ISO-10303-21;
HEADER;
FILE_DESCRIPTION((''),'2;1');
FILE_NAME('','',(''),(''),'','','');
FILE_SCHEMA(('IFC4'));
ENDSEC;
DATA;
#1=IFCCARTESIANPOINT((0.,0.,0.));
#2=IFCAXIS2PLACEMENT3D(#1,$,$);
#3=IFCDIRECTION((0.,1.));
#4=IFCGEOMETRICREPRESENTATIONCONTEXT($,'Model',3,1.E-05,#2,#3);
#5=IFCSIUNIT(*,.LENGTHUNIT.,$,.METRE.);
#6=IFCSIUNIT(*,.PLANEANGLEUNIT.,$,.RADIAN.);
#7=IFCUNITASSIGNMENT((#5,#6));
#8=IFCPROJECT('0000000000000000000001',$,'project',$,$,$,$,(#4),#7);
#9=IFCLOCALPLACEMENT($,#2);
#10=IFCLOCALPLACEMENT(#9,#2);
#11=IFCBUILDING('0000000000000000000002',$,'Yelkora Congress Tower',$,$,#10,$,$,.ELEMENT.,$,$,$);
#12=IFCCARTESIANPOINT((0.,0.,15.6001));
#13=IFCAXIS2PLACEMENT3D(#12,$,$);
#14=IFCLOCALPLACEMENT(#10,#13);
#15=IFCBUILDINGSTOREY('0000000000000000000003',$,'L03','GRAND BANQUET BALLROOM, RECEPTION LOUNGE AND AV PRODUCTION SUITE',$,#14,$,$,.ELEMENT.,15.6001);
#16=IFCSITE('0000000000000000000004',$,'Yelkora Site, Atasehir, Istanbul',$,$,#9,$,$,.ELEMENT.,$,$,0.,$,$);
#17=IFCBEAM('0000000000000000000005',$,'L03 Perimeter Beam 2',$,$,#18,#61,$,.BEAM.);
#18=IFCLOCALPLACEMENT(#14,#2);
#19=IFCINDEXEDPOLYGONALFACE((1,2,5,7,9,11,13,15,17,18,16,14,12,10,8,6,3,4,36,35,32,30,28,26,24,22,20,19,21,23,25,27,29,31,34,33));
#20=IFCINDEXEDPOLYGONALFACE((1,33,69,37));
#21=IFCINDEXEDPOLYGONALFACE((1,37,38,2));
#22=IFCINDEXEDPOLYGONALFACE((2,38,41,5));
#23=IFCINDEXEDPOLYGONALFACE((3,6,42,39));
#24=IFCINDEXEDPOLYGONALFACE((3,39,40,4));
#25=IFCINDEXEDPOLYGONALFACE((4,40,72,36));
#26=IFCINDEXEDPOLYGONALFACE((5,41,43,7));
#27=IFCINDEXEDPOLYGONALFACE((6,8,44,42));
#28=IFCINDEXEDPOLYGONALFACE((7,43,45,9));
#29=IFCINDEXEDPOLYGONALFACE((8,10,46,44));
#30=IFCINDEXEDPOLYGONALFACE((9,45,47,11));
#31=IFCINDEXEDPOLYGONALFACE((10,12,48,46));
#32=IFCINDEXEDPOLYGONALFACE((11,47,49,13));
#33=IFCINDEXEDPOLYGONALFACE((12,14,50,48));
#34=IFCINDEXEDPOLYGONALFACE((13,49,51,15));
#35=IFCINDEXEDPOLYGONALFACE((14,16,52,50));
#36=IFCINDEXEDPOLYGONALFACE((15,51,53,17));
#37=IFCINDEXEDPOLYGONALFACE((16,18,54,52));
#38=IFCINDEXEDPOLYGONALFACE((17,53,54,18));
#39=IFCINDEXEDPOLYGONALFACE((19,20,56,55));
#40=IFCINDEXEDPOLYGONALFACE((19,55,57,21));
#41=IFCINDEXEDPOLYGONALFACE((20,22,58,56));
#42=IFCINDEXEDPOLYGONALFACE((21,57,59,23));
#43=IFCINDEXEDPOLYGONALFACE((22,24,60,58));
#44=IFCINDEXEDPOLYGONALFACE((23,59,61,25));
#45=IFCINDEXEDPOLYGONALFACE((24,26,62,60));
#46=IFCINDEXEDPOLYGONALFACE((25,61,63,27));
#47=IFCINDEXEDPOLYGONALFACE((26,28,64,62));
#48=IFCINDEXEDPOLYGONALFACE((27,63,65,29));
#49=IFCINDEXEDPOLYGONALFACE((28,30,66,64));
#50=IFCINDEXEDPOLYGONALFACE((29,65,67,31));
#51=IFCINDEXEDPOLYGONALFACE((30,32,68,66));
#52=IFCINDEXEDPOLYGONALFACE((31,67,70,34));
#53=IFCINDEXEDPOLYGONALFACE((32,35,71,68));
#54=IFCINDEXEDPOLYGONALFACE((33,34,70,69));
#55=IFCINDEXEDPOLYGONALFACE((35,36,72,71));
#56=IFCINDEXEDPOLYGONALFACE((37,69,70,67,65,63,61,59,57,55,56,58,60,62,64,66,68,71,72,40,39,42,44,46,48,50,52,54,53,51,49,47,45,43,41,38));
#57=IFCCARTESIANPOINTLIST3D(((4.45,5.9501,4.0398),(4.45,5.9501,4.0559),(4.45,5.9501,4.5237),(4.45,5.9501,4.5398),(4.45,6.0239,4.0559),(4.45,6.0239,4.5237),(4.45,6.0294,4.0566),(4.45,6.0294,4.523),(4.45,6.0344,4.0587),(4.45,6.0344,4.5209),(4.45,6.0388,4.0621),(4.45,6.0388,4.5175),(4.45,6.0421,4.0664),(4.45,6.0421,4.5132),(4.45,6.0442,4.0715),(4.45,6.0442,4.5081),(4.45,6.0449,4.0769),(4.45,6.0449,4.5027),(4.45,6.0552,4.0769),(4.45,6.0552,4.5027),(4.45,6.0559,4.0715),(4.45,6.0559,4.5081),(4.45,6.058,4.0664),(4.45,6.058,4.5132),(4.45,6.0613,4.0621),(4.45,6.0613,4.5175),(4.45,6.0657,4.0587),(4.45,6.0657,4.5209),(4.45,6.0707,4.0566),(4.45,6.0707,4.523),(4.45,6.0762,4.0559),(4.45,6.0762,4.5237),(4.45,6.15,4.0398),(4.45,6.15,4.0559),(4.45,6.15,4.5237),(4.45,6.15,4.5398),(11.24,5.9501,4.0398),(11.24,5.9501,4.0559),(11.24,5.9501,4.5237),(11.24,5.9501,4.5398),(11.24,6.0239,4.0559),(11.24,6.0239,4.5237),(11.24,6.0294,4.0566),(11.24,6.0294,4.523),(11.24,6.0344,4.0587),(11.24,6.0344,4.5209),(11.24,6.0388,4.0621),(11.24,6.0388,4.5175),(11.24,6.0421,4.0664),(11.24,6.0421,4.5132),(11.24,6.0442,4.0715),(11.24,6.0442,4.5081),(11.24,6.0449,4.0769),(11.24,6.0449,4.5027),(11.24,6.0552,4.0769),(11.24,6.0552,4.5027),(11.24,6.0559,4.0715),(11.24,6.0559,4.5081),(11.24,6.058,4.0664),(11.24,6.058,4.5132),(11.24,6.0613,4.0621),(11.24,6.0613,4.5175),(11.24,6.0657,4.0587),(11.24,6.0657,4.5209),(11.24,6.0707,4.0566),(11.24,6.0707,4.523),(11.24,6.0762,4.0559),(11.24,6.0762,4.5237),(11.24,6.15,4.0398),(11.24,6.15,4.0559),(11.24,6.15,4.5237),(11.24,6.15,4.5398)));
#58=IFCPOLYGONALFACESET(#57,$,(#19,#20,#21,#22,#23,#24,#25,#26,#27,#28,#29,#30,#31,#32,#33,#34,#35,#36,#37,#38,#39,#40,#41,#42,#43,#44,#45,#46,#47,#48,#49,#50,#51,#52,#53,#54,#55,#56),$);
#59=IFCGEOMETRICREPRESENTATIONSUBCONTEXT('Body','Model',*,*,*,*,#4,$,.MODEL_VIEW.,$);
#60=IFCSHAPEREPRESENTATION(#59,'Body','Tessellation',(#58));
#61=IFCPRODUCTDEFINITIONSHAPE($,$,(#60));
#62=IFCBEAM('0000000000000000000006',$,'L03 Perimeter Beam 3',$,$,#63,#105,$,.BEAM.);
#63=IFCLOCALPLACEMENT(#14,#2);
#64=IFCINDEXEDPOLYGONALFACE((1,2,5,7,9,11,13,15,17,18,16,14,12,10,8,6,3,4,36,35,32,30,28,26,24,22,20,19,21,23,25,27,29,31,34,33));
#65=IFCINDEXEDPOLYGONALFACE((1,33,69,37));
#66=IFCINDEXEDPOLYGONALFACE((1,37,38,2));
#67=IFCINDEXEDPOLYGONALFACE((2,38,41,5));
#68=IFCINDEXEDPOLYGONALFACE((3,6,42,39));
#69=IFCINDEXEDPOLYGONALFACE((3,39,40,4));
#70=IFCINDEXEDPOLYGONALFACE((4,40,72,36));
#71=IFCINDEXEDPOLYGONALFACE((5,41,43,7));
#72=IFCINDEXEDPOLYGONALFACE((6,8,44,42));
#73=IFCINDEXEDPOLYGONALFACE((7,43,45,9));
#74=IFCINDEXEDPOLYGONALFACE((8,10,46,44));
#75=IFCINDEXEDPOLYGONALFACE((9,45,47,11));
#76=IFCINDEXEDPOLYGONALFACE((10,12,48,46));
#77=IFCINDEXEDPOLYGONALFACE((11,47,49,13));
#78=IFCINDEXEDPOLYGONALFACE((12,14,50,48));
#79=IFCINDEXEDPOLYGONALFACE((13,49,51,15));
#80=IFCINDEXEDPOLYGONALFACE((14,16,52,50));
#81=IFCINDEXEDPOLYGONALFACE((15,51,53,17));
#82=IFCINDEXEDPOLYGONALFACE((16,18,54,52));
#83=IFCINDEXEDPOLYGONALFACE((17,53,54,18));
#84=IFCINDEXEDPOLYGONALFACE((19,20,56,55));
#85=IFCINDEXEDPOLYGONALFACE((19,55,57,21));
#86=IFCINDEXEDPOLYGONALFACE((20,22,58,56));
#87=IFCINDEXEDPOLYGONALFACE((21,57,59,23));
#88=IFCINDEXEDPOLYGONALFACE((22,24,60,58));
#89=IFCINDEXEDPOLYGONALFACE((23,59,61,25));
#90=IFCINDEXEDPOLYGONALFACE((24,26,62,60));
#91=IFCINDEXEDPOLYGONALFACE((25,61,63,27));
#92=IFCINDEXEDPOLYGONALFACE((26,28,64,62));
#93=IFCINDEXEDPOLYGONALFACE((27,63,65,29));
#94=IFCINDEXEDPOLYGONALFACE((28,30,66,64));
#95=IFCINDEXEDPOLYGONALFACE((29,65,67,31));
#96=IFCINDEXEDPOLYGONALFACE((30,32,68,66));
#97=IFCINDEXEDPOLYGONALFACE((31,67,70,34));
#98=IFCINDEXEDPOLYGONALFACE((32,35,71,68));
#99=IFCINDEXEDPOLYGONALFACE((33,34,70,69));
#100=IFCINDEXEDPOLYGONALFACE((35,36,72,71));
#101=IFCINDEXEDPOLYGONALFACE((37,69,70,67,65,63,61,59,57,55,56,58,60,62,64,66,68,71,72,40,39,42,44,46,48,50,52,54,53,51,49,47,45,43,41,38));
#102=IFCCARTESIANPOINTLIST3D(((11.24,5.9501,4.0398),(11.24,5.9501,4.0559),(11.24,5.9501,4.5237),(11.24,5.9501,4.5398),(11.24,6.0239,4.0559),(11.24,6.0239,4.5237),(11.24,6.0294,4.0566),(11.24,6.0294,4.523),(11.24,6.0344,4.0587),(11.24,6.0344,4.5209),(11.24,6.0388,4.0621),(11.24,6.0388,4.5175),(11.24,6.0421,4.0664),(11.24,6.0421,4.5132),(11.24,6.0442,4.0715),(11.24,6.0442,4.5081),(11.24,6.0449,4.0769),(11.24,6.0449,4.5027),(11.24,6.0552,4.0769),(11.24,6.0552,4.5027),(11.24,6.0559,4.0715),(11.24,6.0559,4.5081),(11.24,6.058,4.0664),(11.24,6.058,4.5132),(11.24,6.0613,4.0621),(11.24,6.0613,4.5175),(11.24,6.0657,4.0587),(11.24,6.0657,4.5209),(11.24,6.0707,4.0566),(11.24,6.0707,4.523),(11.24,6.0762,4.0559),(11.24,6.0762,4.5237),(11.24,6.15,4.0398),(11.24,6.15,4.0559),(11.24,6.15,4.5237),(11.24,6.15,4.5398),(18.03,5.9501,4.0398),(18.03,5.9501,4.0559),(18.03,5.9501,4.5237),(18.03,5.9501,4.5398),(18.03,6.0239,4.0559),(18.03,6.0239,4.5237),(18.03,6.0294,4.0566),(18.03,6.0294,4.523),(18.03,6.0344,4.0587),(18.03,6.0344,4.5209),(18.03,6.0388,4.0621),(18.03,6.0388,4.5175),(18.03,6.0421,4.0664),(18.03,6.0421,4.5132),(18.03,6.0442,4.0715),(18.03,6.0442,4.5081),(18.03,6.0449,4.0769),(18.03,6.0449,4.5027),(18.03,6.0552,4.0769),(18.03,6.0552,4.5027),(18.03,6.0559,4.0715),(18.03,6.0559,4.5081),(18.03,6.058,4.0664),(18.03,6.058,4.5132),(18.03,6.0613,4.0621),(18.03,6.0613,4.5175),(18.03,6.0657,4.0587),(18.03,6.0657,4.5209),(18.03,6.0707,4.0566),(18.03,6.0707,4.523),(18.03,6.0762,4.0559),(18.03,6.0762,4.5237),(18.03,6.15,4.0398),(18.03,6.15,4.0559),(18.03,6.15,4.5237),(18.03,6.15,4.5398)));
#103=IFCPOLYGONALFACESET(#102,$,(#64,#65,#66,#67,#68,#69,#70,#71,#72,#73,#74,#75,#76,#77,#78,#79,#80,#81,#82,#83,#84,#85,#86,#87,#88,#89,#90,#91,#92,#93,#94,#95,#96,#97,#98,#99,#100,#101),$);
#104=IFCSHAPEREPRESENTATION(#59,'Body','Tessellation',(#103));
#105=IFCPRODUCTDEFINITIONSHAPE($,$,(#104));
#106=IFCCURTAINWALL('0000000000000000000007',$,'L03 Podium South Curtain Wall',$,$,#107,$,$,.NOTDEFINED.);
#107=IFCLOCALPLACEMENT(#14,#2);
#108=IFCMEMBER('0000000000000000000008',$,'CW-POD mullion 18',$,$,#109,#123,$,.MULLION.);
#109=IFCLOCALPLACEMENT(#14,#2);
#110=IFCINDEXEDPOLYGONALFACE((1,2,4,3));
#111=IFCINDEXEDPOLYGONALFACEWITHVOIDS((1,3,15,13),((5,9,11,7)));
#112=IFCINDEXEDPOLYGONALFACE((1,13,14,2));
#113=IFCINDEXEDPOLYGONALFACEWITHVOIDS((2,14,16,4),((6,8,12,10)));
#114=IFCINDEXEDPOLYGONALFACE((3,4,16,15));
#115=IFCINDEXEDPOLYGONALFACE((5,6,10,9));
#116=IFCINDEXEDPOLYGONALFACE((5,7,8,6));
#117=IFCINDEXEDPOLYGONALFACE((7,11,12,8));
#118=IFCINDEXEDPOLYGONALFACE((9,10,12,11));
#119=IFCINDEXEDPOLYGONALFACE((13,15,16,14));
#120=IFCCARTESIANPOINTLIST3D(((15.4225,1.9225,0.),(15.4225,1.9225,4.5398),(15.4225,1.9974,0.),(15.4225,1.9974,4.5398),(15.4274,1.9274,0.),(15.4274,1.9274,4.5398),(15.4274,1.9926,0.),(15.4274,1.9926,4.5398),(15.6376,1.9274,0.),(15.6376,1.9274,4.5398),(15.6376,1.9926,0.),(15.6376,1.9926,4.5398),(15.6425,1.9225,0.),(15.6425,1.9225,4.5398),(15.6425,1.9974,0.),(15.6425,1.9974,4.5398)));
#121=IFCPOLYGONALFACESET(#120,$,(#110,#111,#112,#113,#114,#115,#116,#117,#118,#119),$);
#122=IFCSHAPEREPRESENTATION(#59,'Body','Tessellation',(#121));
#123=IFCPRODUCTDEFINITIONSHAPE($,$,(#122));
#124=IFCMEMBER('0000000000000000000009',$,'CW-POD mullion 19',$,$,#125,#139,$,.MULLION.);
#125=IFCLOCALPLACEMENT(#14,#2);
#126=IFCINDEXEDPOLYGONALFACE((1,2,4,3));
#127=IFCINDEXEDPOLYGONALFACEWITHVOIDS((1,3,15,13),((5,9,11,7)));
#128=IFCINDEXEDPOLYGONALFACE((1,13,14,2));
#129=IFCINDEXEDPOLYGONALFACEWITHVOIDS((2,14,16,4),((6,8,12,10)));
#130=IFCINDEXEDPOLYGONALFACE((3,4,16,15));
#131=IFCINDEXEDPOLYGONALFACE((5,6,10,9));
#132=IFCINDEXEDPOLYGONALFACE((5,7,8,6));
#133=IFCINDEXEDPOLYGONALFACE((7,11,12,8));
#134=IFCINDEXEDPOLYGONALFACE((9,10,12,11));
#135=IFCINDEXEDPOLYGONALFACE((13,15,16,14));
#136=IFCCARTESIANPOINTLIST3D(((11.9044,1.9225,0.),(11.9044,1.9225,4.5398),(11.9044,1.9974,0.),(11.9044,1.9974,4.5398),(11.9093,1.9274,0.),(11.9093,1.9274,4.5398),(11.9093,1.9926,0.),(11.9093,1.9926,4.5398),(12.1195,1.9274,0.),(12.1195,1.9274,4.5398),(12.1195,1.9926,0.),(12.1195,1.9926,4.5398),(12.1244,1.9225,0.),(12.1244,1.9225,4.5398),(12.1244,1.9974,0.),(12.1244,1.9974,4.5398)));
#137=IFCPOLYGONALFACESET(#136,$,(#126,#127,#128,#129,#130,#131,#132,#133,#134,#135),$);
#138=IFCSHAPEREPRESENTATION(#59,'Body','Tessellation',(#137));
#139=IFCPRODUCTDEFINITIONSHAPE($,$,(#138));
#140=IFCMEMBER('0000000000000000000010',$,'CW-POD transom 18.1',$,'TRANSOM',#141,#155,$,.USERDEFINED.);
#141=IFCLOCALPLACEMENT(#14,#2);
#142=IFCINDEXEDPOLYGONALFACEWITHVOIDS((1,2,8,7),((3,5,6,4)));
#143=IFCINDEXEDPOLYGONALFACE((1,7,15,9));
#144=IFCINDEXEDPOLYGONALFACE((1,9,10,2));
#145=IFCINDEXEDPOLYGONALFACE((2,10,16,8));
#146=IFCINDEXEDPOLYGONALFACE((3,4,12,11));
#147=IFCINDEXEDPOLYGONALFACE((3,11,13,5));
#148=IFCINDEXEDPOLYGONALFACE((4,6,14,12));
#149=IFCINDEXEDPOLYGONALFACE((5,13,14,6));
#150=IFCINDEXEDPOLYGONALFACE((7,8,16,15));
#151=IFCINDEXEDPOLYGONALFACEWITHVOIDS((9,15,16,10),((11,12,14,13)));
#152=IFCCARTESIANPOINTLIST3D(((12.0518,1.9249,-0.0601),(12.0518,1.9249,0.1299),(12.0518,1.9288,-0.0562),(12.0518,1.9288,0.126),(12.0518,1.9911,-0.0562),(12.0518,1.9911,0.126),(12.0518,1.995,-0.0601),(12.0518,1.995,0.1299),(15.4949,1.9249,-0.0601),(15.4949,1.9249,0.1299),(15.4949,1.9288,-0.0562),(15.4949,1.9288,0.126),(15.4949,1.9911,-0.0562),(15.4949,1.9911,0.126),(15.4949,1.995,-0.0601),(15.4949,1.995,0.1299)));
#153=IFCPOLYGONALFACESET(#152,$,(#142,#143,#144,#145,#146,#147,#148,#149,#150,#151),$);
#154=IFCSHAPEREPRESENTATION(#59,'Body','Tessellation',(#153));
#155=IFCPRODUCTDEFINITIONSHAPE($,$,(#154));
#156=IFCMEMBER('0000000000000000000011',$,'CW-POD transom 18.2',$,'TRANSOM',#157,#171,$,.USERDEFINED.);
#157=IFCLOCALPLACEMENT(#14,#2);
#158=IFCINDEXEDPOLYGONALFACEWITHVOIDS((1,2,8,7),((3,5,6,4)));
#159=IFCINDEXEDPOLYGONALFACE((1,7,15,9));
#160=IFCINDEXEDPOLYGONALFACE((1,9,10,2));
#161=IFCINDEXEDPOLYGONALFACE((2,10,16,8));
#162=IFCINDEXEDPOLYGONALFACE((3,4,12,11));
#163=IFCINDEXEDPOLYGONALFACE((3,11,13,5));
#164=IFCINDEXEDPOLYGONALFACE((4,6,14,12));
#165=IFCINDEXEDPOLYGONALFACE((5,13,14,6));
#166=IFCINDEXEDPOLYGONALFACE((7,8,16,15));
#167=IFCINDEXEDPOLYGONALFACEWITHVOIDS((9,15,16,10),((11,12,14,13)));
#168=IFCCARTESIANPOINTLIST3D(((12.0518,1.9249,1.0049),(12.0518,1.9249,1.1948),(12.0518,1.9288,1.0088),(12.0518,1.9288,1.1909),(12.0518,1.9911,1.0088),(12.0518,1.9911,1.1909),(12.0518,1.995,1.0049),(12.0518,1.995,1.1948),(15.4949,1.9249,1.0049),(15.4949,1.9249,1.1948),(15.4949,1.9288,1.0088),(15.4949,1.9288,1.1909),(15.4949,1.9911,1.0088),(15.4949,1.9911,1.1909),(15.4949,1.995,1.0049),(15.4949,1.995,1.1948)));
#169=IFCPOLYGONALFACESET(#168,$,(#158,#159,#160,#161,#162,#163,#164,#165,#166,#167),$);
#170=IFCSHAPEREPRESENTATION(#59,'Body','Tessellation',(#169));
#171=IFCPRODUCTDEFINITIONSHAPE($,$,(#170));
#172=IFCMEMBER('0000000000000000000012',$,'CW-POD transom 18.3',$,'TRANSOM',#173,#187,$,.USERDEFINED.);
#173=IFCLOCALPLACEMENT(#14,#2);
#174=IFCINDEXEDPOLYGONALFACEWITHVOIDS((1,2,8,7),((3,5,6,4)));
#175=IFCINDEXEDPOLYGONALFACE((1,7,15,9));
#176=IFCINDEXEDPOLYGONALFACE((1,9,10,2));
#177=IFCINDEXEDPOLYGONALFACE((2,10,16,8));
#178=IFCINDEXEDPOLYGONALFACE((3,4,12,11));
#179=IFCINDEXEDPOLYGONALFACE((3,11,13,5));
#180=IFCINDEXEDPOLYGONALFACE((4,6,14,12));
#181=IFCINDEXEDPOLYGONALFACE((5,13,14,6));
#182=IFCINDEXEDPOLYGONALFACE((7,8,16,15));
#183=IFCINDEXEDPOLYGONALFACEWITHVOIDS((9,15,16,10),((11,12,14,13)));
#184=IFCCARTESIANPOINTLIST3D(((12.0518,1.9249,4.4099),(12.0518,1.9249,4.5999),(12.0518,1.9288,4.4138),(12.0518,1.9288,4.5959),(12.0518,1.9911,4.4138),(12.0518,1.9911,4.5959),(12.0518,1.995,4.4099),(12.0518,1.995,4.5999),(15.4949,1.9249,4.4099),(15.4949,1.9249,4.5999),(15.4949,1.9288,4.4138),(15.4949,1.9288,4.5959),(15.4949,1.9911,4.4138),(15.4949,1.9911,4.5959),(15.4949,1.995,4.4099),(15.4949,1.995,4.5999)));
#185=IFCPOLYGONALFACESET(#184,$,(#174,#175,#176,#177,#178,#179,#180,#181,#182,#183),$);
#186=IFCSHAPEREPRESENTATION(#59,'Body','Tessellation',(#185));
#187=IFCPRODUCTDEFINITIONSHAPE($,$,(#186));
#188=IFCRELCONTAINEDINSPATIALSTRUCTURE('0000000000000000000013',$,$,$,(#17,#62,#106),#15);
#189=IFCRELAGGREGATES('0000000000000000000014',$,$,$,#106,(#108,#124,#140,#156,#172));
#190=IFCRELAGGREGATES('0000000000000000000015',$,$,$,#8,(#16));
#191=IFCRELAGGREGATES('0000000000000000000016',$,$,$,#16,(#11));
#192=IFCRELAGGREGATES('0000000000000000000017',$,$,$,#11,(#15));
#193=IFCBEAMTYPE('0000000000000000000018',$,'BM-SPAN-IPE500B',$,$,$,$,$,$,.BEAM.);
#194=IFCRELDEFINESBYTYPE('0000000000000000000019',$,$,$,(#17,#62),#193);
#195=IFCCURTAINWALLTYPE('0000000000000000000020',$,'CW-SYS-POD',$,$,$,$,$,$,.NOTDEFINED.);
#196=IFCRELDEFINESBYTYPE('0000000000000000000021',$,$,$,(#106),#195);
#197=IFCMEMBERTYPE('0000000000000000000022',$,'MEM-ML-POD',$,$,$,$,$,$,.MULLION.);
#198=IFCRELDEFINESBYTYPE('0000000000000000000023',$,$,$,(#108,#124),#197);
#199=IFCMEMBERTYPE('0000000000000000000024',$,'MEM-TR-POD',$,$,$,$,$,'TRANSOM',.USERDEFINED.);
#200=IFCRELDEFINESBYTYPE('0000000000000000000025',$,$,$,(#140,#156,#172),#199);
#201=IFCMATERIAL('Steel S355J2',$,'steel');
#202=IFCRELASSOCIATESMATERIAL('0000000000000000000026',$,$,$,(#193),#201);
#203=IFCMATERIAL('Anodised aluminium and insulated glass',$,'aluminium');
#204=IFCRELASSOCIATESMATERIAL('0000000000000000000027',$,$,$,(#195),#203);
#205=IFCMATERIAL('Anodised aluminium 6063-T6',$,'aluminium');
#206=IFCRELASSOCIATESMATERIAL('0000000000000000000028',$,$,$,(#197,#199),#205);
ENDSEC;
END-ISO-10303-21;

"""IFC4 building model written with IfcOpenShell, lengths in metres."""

from ifc_helpers import new_model, si_unit, direction, frame, origin, origin_2d, place, context, subcontext, project, spatial, hollow_rectangle, i_section, extrude, material, material_profile, profile_set, type_object, element, aggregate, save


model = new_model("IFC4")

# Units and contexts
model_context = context("Model", 3, precision=1e-05, world=origin(), true_north=direction((0.0, 1.0)))
body_context = subcontext(model_context, "Body", "Model", "MODEL_VIEW")
ifc_project = project(units=[si_unit("LENGTHUNIT", "METRE"), si_unit("PLANEANGLEUNIT", "RADIAN")], contexts=[model_context])

# Site, building, storey
site_placement = place(None, origin())
site = spatial("IfcSite", under=ifc_project, at=site_placement, Name="Yelkora Site, Atasehir, Istanbul", CompositionType="ELEMENT", RefElevation=0.0)
building_placement = place(site_placement, origin())
building = spatial("IfcBuilding", under=site, at=building_placement, Name="Yelkora Congress Tower", CompositionType="ELEMENT")
storey_placement = place(building_placement, frame((0.0, 0.0, 15.6001)))
storey = spatial("IfcBuildingStorey", under=building, at=storey_placement, Name="L03", Description="GRAND BANQUET BALLROOM, RECEPTION LOUNGE AND AV PRODUCTION SUITE", CompositionType="ELEMENT", Elevation=15.6001)

# Beams
ifc_material_1 = material(Name="Steel S355J2", Category="steel")
ifc_material_profile_1 = material_profile(ifc_material_1, i_section(OverallWidth=0.2, OverallDepth=0.5, WebThickness=0.0103, FlangeThickness=0.0161, FilletRadius=0.021, at=origin_2d()), Name="IPE 500")
ifc_profile_set_1 = profile_set([ifc_material_profile_1], Name="Steel S355J2")
beam_type_1 = type_object("IfcBeamType", Name="BM-SPAN-IPE500B", PredefinedType="BEAM", material=ifc_profile_set_1)
for number, where, z_axis, x_axis, name in (
    (1, (4.45, 6.05, 4.2898), (1.0, 0.0, 0.0), (0.0, 1.0, 0.0), "L03 Perimeter Beam 2"),
    (2, (11.24, 6.05, 4.2898), (1.0, 0.0, 0.0), (0.0, 1.0, 0.0), "L03 Perimeter Beam 3"),
):
    element("IfcBeam", number, at=place(storey_placement, frame(where, z_axis=z_axis, x_axis=x_axis)), inside=storey, type_object=beam_type_1, Name=name, PredefinedType="BEAM", context=body_context, shape_type="SweptSolid", body=[
        extrude(i_section(OverallWidth=0.2, OverallDepth=0.5, WebThickness=0.0103, FlangeThickness=0.0161, FilletRadius=0.021, at=origin_2d()), origin(), (0.0, 0.0, 1.0), 6.79),
    ])

# Curtain wall, members
ifc_material_2 = material(Name="Anodised aluminium and insulated glass", Category="aluminium")
curtain_wall_type = type_object("IfcCurtainWallType", Name="CW-SYS-POD", PredefinedType="NOTDEFINED", material=ifc_material_2)
curtain_wall_placement = place(storey_placement, origin())
curtain_wall = element("IfcCurtainWall", 3, at=curtain_wall_placement, inside=storey, type_object=curtain_wall_type, Name="L03 Podium South Curtain Wall", PredefinedType="NOTDEFINED")
ifc_material_3 = material(Name="Anodised aluminium 6063-T6", Category="aluminium")
ifc_material_profile_2 = material_profile(ifc_material_3, hollow_rectangle(XDim=0.075, YDim=0.22, WallThickness=0.0049, at=origin_2d()), Name="ALU 75x220x5")
ifc_profile_set_2 = profile_set([ifc_material_profile_2], Name="Anodised aluminium 6063-T6")
member_type_1 = type_object("IfcMemberType", Name="MEM-ML-POD", PredefinedType="MULLION", material=ifc_profile_set_2)
member_1_placement = place(storey_placement, frame((15.5325, 1.96, 0.0), z_axis=(0.0, 0.0, 1.0), x_axis=(0.0, -1.0, 0.0)))
member_1 = element("IfcMember", 4, at=member_1_placement, type_object=member_type_1, Name="CW-POD mullion 18", PredefinedType="MULLION", context=body_context, shape_type="SweptSolid", body=[
    extrude(hollow_rectangle(XDim=0.075, YDim=0.22, WallThickness=0.0049, at=origin_2d()), origin(), (0.0, 0.0, 1.0), 4.5398),
])
member_2_placement = place(storey_placement, frame((12.0144, 1.96, 0.0), z_axis=(0.0, 0.0, 1.0), x_axis=(0.0, -1.0, 0.0)))
member_2 = element("IfcMember", 5, at=member_2_placement, type_object=member_type_1, Name="CW-POD mullion 19", PredefinedType="MULLION", context=body_context, shape_type="SweptSolid", body=[
    extrude(hollow_rectangle(XDim=0.075, YDim=0.22, WallThickness=0.0049, at=origin_2d()), origin(), (0.0, 0.0, 1.0), 4.5398),
])
ifc_material_profile_3 = material_profile(ifc_material_3, hollow_rectangle(XDim=0.0701, YDim=0.1899, WallThickness=0.0039, at=origin_2d()), Name="ALU 70x190x4")
ifc_profile_set_3 = profile_set([ifc_material_profile_3], Name="Anodised aluminium 6063-T6")
member_type_2 = type_object("IfcMemberType", Name="MEM-TR-POD", ElementType="TRANSOM", PredefinedType="USERDEFINED", material=ifc_profile_set_3)
member_3_placement = place(storey_placement, frame((15.4949, 1.96, 0.0349), z_axis=(-1.0, 0.0, 0.0), x_axis=(0.0, -1.0, 0.0)))
member_3 = element("IfcMember", 6, at=member_3_placement, type_object=member_type_2, Name="CW-POD transom 18.1", ObjectType="TRANSOM", PredefinedType="USERDEFINED", context=body_context, shape_type="SweptSolid", body=[
    extrude(hollow_rectangle(XDim=0.0701, YDim=0.1899, WallThickness=0.0039, at=origin_2d()), origin(), (0.0, 0.0, 1.0), 3.4431),
])
member_4_placement = place(storey_placement, frame((15.4949, 1.96, 1.0999), z_axis=(-1.0, 0.0, 0.0), x_axis=(0.0, -1.0, 0.0)))
member_4 = element("IfcMember", 7, at=member_4_placement, type_object=member_type_2, Name="CW-POD transom 18.2", ObjectType="TRANSOM", PredefinedType="USERDEFINED", context=body_context, shape_type="SweptSolid", body=[
    extrude(hollow_rectangle(XDim=0.0701, YDim=0.1899, WallThickness=0.0039, at=origin_2d()), origin(), (0.0, 0.0, 1.0), 3.4431),
])
member_5_placement = place(storey_placement, frame((15.4949, 1.96, 4.5049), z_axis=(-1.0, 0.0, 0.0), x_axis=(0.0, -1.0, 0.0)))
member_5 = element("IfcMember", 8, at=member_5_placement, type_object=member_type_2, Name="CW-POD transom 18.3", ObjectType="TRANSOM", PredefinedType="USERDEFINED", context=body_context, shape_type="SweptSolid", body=[
    extrude(hollow_rectangle(XDim=0.0701, YDim=0.1899, WallThickness=0.0039, at=origin_2d()), origin(), (0.0, 0.0, 1.0), 3.4431),
])
aggregate(curtain_wall, [member_1, member_2, member_3, member_4, member_5])

save(model, "model.ifc")
